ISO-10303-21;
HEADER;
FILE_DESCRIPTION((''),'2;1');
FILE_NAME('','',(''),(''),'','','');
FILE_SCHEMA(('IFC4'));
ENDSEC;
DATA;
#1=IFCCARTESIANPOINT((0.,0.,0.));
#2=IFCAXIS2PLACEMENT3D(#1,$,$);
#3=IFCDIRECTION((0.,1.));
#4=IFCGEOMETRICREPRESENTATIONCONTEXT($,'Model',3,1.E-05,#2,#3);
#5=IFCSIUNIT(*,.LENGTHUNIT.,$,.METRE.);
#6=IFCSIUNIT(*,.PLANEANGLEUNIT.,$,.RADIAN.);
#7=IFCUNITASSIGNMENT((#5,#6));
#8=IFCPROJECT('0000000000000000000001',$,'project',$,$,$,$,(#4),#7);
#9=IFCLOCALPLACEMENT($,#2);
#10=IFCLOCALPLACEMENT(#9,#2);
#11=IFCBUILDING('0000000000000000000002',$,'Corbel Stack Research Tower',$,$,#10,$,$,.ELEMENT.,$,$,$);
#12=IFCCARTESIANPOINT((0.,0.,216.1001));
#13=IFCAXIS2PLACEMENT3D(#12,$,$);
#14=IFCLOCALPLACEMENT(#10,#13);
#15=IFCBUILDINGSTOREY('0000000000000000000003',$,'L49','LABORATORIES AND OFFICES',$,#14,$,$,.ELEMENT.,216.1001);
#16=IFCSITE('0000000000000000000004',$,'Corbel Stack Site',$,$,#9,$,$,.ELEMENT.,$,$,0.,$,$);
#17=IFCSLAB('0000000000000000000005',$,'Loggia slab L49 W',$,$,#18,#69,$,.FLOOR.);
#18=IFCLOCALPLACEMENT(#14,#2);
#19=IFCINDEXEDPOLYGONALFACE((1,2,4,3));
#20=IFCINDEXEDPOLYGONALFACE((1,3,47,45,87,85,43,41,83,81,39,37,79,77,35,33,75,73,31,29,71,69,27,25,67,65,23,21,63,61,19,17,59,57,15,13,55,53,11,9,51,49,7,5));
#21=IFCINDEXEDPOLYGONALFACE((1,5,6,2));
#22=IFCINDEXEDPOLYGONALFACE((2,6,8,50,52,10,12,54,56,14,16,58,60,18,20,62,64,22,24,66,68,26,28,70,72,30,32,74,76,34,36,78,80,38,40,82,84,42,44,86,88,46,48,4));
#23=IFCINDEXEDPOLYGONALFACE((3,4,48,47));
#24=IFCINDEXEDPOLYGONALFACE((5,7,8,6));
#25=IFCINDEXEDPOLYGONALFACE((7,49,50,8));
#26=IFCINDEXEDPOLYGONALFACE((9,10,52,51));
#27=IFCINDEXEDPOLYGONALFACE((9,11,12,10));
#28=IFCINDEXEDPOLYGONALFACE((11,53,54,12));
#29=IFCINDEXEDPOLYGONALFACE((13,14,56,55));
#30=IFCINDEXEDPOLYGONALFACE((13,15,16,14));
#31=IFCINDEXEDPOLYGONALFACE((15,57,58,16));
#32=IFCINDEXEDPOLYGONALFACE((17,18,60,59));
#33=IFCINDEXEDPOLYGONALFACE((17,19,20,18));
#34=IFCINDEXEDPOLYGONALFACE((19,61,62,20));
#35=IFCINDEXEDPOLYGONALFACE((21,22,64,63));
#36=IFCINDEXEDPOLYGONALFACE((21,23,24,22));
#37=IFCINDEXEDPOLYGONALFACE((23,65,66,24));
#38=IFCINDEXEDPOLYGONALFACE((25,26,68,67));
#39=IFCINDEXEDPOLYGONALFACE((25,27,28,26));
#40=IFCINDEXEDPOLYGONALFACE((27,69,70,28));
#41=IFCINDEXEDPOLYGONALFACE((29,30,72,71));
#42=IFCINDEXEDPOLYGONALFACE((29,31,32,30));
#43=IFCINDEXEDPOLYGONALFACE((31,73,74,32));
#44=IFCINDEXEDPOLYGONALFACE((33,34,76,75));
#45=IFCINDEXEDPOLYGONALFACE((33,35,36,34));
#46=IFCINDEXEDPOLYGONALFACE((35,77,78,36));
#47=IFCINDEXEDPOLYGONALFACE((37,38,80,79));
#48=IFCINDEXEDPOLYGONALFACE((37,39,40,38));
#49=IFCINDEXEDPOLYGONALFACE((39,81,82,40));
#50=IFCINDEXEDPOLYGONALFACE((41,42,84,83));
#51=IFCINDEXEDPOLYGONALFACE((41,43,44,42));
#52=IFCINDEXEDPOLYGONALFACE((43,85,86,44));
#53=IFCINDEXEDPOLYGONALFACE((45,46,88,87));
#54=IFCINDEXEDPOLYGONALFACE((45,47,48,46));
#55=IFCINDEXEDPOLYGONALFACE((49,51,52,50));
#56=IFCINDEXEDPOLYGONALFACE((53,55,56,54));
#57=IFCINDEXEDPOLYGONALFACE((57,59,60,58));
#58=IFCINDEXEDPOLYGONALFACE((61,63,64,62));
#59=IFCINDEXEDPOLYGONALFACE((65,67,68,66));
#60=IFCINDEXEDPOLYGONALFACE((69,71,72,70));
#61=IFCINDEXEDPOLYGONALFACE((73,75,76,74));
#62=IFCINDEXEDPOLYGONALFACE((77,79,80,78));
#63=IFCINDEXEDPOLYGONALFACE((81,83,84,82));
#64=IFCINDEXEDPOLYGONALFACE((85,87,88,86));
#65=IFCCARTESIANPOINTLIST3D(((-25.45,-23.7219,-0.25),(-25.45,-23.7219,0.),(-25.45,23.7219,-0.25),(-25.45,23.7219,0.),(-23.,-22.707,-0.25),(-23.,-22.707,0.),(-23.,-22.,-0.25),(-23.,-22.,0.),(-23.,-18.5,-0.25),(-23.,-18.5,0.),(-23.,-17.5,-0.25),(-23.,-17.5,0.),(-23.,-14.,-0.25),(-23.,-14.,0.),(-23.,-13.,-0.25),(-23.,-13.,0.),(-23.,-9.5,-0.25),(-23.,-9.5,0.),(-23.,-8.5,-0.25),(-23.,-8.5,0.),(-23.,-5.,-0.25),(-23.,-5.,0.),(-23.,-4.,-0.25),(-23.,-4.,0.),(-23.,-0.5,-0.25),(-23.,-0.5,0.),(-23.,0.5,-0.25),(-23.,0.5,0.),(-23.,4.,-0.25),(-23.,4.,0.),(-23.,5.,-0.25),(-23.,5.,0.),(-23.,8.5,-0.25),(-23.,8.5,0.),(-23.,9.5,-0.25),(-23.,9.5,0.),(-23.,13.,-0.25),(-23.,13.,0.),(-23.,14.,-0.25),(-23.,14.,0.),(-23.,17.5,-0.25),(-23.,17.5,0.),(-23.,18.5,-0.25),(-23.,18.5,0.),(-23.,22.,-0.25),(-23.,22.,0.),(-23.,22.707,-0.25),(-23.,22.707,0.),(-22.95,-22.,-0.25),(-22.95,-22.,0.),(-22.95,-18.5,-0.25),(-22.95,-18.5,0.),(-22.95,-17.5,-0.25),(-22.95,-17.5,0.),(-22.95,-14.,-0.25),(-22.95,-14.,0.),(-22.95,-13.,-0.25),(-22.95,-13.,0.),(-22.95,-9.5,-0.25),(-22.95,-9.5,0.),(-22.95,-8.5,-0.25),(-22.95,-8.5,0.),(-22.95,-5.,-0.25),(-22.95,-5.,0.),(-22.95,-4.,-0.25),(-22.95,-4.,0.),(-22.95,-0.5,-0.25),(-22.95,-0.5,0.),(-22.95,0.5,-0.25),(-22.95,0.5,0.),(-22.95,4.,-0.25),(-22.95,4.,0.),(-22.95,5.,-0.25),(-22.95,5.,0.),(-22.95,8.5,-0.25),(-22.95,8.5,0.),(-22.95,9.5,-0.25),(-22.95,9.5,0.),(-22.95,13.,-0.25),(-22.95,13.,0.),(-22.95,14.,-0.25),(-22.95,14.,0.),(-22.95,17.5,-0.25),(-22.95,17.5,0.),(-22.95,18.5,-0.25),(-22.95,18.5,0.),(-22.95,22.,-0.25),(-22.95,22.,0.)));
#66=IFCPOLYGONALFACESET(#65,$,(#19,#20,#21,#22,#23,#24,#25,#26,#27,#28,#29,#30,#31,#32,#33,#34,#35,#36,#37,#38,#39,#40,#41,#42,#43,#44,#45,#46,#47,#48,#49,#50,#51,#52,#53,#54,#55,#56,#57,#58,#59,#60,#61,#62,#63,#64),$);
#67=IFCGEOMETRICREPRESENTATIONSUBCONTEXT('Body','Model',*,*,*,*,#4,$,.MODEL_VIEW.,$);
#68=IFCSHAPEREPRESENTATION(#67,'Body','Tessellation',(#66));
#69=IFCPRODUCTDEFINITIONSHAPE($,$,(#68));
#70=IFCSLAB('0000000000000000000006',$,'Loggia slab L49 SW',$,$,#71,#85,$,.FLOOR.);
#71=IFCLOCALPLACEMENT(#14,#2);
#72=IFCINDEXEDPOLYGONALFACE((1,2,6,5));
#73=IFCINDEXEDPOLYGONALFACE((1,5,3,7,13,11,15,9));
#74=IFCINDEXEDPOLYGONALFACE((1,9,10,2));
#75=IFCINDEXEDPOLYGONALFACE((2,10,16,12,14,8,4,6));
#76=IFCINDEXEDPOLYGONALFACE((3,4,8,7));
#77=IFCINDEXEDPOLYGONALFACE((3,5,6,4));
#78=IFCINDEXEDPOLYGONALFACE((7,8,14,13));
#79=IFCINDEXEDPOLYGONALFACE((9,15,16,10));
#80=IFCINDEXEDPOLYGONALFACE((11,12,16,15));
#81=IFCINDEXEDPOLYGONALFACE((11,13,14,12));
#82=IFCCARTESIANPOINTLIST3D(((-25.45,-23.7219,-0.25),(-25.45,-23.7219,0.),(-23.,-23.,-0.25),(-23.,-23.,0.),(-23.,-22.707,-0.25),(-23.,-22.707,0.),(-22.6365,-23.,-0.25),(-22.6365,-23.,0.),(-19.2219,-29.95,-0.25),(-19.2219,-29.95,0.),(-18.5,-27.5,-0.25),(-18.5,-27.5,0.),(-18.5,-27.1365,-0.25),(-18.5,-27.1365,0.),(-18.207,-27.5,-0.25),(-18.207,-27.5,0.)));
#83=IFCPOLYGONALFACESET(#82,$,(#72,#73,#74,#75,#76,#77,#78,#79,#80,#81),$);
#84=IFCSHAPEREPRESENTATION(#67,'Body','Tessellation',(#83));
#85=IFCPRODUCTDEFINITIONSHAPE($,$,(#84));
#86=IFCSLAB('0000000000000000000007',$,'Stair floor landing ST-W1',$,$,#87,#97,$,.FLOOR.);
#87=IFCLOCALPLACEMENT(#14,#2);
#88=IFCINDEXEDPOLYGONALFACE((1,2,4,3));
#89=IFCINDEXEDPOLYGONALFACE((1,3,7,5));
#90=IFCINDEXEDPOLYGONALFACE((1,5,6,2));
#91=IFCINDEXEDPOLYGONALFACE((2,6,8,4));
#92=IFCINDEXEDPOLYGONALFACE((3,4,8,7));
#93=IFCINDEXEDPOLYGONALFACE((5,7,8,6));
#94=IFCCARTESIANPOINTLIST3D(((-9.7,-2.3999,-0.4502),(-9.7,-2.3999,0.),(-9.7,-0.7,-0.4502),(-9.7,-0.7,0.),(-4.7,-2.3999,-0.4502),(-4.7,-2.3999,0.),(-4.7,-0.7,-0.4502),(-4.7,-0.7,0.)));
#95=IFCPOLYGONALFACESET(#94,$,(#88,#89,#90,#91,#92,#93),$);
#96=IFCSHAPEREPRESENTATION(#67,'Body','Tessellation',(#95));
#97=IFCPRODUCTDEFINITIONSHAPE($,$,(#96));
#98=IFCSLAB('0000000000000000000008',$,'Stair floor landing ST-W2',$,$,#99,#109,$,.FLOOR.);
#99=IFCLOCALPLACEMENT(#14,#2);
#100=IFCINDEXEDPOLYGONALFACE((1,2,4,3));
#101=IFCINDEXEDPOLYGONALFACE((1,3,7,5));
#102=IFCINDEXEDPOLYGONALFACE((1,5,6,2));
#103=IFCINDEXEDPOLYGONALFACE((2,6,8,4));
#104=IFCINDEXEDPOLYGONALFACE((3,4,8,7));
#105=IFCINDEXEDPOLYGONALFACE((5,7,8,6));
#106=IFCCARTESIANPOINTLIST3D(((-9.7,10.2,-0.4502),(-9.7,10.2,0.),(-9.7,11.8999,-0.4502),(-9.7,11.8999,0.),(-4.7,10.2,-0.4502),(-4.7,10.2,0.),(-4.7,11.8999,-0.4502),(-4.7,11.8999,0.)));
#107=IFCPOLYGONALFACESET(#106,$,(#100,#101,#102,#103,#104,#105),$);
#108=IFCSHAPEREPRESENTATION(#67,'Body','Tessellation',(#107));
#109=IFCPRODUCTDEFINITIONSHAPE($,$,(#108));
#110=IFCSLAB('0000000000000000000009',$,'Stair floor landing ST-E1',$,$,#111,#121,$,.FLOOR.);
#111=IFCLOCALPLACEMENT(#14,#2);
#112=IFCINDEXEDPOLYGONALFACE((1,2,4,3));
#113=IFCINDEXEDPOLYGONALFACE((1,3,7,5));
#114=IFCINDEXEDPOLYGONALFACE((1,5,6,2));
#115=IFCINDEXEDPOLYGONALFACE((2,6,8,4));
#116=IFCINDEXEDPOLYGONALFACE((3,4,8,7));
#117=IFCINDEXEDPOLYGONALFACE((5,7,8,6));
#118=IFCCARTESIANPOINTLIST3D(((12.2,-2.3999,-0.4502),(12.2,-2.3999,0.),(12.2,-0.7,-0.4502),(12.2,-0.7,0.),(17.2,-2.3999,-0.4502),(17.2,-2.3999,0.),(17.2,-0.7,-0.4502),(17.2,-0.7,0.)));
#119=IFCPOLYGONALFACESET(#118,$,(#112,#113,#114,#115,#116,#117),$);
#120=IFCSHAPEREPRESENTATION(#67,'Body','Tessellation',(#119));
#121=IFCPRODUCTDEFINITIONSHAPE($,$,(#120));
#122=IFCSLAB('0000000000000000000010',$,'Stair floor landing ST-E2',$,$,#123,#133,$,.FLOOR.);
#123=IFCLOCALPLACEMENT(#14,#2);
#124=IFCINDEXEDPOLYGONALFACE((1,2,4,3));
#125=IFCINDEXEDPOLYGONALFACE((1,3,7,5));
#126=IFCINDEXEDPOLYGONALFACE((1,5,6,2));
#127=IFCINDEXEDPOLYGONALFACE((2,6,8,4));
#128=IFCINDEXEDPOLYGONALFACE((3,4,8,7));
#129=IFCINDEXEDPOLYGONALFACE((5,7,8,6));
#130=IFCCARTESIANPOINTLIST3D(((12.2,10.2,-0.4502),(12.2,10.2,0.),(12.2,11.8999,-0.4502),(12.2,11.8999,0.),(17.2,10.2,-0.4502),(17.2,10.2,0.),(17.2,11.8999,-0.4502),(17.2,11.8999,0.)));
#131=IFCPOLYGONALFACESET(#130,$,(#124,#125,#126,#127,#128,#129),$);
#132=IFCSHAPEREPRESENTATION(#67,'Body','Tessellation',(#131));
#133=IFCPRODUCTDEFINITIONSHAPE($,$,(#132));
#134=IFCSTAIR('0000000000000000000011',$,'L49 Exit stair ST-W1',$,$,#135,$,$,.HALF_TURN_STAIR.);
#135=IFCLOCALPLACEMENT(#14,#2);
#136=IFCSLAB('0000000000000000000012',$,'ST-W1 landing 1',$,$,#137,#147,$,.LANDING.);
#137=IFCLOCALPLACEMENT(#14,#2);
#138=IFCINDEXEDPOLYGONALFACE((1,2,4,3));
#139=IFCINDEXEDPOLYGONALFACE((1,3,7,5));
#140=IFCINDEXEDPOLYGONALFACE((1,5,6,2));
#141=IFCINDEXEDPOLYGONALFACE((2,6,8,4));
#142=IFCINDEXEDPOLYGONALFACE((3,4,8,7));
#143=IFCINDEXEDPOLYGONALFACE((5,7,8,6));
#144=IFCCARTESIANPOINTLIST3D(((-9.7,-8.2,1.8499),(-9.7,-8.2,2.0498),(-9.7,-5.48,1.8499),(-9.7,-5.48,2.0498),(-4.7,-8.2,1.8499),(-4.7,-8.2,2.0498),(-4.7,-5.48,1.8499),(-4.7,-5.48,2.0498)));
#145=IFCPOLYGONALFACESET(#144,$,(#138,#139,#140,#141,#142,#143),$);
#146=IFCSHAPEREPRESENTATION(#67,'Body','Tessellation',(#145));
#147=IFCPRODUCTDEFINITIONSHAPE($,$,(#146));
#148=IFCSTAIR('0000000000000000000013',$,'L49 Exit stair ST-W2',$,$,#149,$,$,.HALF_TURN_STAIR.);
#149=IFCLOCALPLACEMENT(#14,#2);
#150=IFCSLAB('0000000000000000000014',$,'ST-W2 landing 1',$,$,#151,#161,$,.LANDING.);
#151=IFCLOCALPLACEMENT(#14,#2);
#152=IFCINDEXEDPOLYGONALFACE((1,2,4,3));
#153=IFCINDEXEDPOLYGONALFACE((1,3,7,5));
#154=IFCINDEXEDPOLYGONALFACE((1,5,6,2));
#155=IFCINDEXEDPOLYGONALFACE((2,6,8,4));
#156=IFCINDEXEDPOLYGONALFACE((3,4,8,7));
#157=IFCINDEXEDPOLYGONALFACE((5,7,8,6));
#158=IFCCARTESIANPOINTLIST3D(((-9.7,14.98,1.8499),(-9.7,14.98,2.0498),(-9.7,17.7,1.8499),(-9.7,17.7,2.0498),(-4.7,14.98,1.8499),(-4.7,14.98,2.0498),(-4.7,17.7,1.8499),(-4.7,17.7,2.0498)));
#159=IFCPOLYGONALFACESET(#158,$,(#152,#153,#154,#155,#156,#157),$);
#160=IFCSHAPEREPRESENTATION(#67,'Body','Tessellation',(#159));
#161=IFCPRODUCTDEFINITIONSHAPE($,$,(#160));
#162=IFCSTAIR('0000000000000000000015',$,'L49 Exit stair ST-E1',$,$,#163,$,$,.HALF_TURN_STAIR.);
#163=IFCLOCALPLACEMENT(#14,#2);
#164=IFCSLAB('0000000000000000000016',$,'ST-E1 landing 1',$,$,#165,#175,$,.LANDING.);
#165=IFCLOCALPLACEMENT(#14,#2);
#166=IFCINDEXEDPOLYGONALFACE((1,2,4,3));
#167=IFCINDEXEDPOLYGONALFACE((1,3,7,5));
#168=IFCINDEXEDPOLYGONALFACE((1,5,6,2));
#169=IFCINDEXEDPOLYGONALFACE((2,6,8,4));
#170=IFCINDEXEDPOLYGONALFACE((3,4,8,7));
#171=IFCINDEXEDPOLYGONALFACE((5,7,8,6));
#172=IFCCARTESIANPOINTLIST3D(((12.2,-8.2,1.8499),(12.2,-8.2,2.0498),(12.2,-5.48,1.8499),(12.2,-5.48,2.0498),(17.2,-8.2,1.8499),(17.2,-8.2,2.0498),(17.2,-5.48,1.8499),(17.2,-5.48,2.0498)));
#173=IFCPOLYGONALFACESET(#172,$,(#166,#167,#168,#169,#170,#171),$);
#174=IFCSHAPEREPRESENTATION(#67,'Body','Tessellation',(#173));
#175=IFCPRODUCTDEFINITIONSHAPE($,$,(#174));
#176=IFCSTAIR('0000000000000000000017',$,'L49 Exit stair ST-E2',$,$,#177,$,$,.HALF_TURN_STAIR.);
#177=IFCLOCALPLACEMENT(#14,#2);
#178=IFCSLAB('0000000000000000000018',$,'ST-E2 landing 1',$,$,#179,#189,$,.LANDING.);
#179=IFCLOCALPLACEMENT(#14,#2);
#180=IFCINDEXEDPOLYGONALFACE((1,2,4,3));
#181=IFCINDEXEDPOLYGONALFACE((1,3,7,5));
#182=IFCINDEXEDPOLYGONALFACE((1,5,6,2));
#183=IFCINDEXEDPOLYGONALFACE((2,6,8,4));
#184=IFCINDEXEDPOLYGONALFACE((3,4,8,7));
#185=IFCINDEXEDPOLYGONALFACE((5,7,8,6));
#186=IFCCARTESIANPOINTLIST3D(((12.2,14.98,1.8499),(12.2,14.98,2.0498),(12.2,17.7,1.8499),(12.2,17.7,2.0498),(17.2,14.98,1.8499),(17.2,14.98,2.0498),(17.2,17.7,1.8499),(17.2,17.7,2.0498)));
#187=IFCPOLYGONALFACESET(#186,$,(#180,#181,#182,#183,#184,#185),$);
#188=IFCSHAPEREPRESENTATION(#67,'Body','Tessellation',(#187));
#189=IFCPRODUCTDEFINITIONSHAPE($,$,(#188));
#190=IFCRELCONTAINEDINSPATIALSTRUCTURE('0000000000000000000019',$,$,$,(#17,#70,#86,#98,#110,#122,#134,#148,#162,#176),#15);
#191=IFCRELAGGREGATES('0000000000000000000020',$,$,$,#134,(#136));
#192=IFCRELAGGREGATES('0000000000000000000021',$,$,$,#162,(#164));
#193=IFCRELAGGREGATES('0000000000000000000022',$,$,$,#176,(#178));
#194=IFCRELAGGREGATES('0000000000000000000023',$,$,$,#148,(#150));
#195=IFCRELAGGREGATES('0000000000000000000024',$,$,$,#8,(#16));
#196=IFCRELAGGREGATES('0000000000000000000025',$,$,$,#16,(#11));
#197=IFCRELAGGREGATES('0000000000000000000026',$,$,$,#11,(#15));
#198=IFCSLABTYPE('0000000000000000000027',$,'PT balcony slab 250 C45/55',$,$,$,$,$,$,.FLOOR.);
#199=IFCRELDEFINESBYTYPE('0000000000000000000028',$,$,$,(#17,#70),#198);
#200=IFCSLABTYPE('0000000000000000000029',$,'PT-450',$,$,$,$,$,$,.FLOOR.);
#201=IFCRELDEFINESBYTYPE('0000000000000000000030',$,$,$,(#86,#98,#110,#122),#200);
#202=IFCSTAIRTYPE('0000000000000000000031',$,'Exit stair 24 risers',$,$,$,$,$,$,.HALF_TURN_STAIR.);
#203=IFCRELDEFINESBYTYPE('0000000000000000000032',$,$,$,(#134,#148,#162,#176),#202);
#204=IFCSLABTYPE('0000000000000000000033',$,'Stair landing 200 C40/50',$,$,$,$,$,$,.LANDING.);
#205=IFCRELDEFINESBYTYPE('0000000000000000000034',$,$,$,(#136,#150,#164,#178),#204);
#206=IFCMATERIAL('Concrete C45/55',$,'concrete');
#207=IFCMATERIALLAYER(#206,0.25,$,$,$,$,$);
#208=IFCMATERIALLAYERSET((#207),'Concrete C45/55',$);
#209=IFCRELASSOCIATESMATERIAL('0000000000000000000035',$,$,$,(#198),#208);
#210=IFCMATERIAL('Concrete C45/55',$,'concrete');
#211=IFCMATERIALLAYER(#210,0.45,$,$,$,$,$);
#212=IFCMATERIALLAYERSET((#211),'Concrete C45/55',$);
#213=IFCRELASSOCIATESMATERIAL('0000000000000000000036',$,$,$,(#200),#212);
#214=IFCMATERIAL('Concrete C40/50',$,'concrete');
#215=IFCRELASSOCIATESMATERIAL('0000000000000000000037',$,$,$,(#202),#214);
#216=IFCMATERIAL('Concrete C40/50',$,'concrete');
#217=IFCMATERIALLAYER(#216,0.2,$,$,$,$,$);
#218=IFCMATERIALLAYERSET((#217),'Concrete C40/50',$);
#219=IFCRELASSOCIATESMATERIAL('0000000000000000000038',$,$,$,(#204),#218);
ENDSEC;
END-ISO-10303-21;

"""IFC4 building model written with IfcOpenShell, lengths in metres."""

from ifc_helpers import new_model, si_unit, direction, frame, origin, place, context, subcontext, project, spatial, polyline, outline, extrude, material, layer, layer_set, type_object, element, aggregate, save


model = new_model("IFC4")

# Units and contexts
model_context = context("Model", 3, precision=1e-05, world=origin(), true_north=direction((0.0, 1.0)))
body_context = subcontext(model_context, "Body", "Model", "MODEL_VIEW")
ifc_project = project(units=[si_unit("LENGTHUNIT", "METRE"), si_unit("PLANEANGLEUNIT", "RADIAN")], contexts=[model_context])

# Site, building, storey
site_placement = place(None, origin())
site = spatial("IfcSite", under=ifc_project, at=site_placement, Name="Corbel Stack Site", CompositionType="ELEMENT", RefElevation=0.0)
building_placement = place(site_placement, origin())
building = spatial("IfcBuilding", under=site, at=building_placement, Name="Corbel Stack Research Tower", CompositionType="ELEMENT")
storey_placement = place(building_placement, frame((0.0, 0.0, 216.1001)))
storey = spatial("IfcBuildingStorey", under=building, at=storey_placement, Name="L49", Description="LABORATORIES AND OFFICES", CompositionType="ELEMENT", Elevation=216.1001)

# Slabs
ifc_material_1 = material(Name="Concrete C45/55", Category="concrete")
ifc_layer_1 = layer(ifc_material_1, 0.25)
ifc_layer_set_1 = layer_set([ifc_layer_1], Name="Concrete C45/55")
slab_type_1 = type_object("IfcSlabType", Name="PT balcony slab 250 C45/55", PredefinedType="FLOOR", material=ifc_layer_set_1)
slab_1_placement = place(storey_placement, frame((0.0, 0.0, -0.25)))
element("IfcSlab", 1, at=slab_1_placement, inside=storey, type_object=slab_type_1, Name="Loggia slab L49 W", PredefinedType="FLOOR", context=body_context, shape_type="SweptSolid", body=[
    extrude(outline(polyline([(-23.0, -22.707), (-23.0, -22.0), (-22.95, -22.0), (-22.95, -18.5), (-23.0, -18.5), (-23.0, -17.5), (-22.95, -17.5), (-22.95, -14.0), (-23.0, -14.0), (-23.0, -13.0), (-22.95, -13.0), (-22.95, -9.5), (-23.0, -9.5), (-23.0, -8.5), (-22.95, -8.5), (-22.95, -5.0), (-23.0, -5.0), (-23.0, -4.0), (-22.95, -4.0), (-22.95, -0.5), (-23.0, -0.5), (-23.0, 0.5), (-22.95, 0.5), (-22.95, 4.0), (-23.0, 4.0), (-23.0, 5.0), (-22.95, 5.0), (-22.95, 8.5), (-23.0, 8.5), (-23.0, 9.5), (-22.95, 9.5), (-22.95, 13.0), (-23.0, 13.0), (-23.0, 14.0), (-22.95, 14.0), (-22.95, 17.5), (-23.0, 17.5), (-23.0, 18.5), (-22.95, 18.5), (-22.95, 22.0), (-23.0, 22.0), (-23.0, 22.707), (-25.45, 23.7219), (-25.45, -23.7219), (-23.0, -22.707)])), origin(), (0.0, 0.0, 1.0), 0.25),
])
slab_2_placement = place(storey_placement, frame((0.0, 0.0, -0.25)))
element("IfcSlab", 2, at=slab_2_placement, inside=storey, type_object=slab_type_1, Name="Loggia slab L49 SW", PredefinedType="FLOOR", context=body_context, shape_type="SweptSolid", body=[
    extrude(outline(polyline([(-18.207, -27.5), (-18.5, -27.5), (-18.5, -27.1365), (-22.6365, -23.0), (-23.0, -23.0), (-23.0, -22.707), (-25.45, -23.7219), (-19.2219, -29.95), (-18.207, -27.5)])), origin(), (0.0, 0.0, 1.0), 0.25),
])
ifc_material_2 = material(Name="Concrete C45/55", Category="concrete")
ifc_layer_2 = layer(ifc_material_2, 0.45)
ifc_layer_set_2 = layer_set([ifc_layer_2], Name="Concrete C45/55")
slab_type_2 = type_object("IfcSlabType", Name="PT-450", PredefinedType="FLOOR", material=ifc_layer_set_2)
slab_3_placement = place(storey_placement, frame((0.0, 0.0, -0.4502)))
element("IfcSlab", 3, at=slab_3_placement, inside=storey, type_object=slab_type_2, Name="Stair floor landing ST-W1", PredefinedType="FLOOR", context=body_context, shape_type="SweptSolid", body=[
    extrude(outline(polyline([(-9.7, -2.3999), (-4.7, -2.3999), (-4.7, -0.7), (-9.7, -0.7), (-9.7, -2.3999)])), origin(), (0.0, 0.0, 1.0), 0.4502),
])
slab_4_placement = place(storey_placement, frame((0.0, 0.0, -0.4502)))
element("IfcSlab", 4, at=slab_4_placement, inside=storey, type_object=slab_type_2, Name="Stair floor landing ST-W2", PredefinedType="FLOOR", context=body_context, shape_type="SweptSolid", body=[
    extrude(outline(polyline([(-9.7, 10.2), (-4.7, 10.2), (-4.7, 11.8999), (-9.7, 11.8999), (-9.7, 10.2)])), origin(), (0.0, 0.0, 1.0), 0.4502),
])
slab_5_placement = place(storey_placement, frame((0.0, 0.0, -0.4502)))
element("IfcSlab", 5, at=slab_5_placement, inside=storey, type_object=slab_type_2, Name="Stair floor landing ST-E1", PredefinedType="FLOOR", context=body_context, shape_type="SweptSolid", body=[
    extrude(outline(polyline([(12.2, -2.3999), (17.2, -2.3999), (17.2, -0.7), (12.2, -0.7), (12.2, -2.3999)])), origin(), (0.0, 0.0, 1.0), 0.4502),
])
slab_6_placement = place(storey_placement, frame((0.0, 0.0, -0.4502)))
element("IfcSlab", 6, at=slab_6_placement, inside=storey, type_object=slab_type_2, Name="Stair floor landing ST-E2", PredefinedType="FLOOR", context=body_context, shape_type="SweptSolid", body=[
    extrude(outline(polyline([(12.2, 10.2), (17.2, 10.2), (17.2, 11.8999), (12.2, 11.8999), (12.2, 10.2)])), origin(), (0.0, 0.0, 1.0), 0.4502),
])

# Stairs, slabs
ifc_material_3 = material(Name="Concrete C40/50", Category="concrete")
stair_type = type_object("IfcStairType", Name="Exit stair 24 risers", PredefinedType="HALF_TURN_STAIR", material=ifc_material_3)
stair_1_placement = place(storey_placement, origin())
stair_1 = element("IfcStair", 7, at=stair_1_placement, inside=storey, type_object=stair_type, Name="L49 Exit stair ST-W1", PredefinedType="HALF_TURN_STAIR")
ifc_material_4 = material(Name="Concrete C40/50", Category="concrete")
ifc_layer_3 = layer(ifc_material_4, 0.2)
ifc_layer_set_3 = layer_set([ifc_layer_3], Name="Concrete C40/50")
slab_type_3 = type_object("IfcSlabType", Name="Stair landing 200 C40/50", PredefinedType="LANDING", material=ifc_layer_set_3)
slab_7_placement = place(storey_placement, frame((0.0, 0.0, 1.8499)))
slab_7 = element("IfcSlab", 8, at=slab_7_placement, type_object=slab_type_3, Name="ST-W1 landing 1", PredefinedType="LANDING", context=body_context, shape_type="SweptSolid", body=[
    extrude(outline(polyline([(-9.7, -8.2), (-9.7, -5.48), (-4.7, -5.48), (-4.7, -8.2), (-9.7, -8.2)])), origin(), (0.0, 0.0, 1.0), 0.2),
])
aggregate(stair_1, [slab_7])
stair_2_placement = place(storey_placement, origin())
stair_2 = element("IfcStair", 9, at=stair_2_placement, inside=storey, type_object=stair_type, Name="L49 Exit stair ST-W2", PredefinedType="HALF_TURN_STAIR")
slab_8_placement = place(storey_placement, frame((0.0, 0.0, 1.8499)))
slab_8 = element("IfcSlab", 10, at=slab_8_placement, type_object=slab_type_3, Name="ST-W2 landing 1", PredefinedType="LANDING", context=body_context, shape_type="SweptSolid", body=[
    extrude(outline(polyline([(-9.7, 14.98), (-9.7, 17.7), (-4.7, 17.7), (-4.7, 14.98), (-9.7, 14.98)])), origin(), (0.0, 0.0, 1.0), 0.2),
])
stair_3_placement = place(storey_placement, origin())
stair_3 = element("IfcStair", 11, at=stair_3_placement, inside=storey, type_object=stair_type, Name="L49 Exit stair ST-E1", PredefinedType="HALF_TURN_STAIR")
slab_9_placement = place(storey_placement, frame((0.0, 0.0, 1.8499)))
slab_9 = element("IfcSlab", 12, at=slab_9_placement, type_object=slab_type_3, Name="ST-E1 landing 1", PredefinedType="LANDING", context=body_context, shape_type="SweptSolid", body=[
    extrude(outline(polyline([(12.2, -8.2), (12.2, -5.48), (17.2, -5.48), (17.2, -8.2), (12.2, -8.2)])), origin(), (0.0, 0.0, 1.0), 0.2),
])
aggregate(stair_3, [slab_9])
stair_4_placement = place(storey_placement, origin())
stair_4 = element("IfcStair", 13, at=stair_4_placement, inside=storey, type_object=stair_type, Name="L49 Exit stair ST-E2", PredefinedType="HALF_TURN_STAIR")
slab_10_placement = place(storey_placement, frame((0.0, 0.0, 1.8499)))
slab_10 = element("IfcSlab", 14, at=slab_10_placement, type_object=slab_type_3, Name="ST-E2 landing 1", PredefinedType="LANDING", context=body_context, shape_type="SweptSolid", body=[
    extrude(outline(polyline([(12.2, 14.98), (12.2, 17.7), (17.2, 17.7), (17.2, 14.98), (12.2, 14.98)])), origin(), (0.0, 0.0, 1.0), 0.2),
])
aggregate(stair_4, [slab_10])

aggregate(stair_2, [slab_8])

save(model, "model.ifc")
